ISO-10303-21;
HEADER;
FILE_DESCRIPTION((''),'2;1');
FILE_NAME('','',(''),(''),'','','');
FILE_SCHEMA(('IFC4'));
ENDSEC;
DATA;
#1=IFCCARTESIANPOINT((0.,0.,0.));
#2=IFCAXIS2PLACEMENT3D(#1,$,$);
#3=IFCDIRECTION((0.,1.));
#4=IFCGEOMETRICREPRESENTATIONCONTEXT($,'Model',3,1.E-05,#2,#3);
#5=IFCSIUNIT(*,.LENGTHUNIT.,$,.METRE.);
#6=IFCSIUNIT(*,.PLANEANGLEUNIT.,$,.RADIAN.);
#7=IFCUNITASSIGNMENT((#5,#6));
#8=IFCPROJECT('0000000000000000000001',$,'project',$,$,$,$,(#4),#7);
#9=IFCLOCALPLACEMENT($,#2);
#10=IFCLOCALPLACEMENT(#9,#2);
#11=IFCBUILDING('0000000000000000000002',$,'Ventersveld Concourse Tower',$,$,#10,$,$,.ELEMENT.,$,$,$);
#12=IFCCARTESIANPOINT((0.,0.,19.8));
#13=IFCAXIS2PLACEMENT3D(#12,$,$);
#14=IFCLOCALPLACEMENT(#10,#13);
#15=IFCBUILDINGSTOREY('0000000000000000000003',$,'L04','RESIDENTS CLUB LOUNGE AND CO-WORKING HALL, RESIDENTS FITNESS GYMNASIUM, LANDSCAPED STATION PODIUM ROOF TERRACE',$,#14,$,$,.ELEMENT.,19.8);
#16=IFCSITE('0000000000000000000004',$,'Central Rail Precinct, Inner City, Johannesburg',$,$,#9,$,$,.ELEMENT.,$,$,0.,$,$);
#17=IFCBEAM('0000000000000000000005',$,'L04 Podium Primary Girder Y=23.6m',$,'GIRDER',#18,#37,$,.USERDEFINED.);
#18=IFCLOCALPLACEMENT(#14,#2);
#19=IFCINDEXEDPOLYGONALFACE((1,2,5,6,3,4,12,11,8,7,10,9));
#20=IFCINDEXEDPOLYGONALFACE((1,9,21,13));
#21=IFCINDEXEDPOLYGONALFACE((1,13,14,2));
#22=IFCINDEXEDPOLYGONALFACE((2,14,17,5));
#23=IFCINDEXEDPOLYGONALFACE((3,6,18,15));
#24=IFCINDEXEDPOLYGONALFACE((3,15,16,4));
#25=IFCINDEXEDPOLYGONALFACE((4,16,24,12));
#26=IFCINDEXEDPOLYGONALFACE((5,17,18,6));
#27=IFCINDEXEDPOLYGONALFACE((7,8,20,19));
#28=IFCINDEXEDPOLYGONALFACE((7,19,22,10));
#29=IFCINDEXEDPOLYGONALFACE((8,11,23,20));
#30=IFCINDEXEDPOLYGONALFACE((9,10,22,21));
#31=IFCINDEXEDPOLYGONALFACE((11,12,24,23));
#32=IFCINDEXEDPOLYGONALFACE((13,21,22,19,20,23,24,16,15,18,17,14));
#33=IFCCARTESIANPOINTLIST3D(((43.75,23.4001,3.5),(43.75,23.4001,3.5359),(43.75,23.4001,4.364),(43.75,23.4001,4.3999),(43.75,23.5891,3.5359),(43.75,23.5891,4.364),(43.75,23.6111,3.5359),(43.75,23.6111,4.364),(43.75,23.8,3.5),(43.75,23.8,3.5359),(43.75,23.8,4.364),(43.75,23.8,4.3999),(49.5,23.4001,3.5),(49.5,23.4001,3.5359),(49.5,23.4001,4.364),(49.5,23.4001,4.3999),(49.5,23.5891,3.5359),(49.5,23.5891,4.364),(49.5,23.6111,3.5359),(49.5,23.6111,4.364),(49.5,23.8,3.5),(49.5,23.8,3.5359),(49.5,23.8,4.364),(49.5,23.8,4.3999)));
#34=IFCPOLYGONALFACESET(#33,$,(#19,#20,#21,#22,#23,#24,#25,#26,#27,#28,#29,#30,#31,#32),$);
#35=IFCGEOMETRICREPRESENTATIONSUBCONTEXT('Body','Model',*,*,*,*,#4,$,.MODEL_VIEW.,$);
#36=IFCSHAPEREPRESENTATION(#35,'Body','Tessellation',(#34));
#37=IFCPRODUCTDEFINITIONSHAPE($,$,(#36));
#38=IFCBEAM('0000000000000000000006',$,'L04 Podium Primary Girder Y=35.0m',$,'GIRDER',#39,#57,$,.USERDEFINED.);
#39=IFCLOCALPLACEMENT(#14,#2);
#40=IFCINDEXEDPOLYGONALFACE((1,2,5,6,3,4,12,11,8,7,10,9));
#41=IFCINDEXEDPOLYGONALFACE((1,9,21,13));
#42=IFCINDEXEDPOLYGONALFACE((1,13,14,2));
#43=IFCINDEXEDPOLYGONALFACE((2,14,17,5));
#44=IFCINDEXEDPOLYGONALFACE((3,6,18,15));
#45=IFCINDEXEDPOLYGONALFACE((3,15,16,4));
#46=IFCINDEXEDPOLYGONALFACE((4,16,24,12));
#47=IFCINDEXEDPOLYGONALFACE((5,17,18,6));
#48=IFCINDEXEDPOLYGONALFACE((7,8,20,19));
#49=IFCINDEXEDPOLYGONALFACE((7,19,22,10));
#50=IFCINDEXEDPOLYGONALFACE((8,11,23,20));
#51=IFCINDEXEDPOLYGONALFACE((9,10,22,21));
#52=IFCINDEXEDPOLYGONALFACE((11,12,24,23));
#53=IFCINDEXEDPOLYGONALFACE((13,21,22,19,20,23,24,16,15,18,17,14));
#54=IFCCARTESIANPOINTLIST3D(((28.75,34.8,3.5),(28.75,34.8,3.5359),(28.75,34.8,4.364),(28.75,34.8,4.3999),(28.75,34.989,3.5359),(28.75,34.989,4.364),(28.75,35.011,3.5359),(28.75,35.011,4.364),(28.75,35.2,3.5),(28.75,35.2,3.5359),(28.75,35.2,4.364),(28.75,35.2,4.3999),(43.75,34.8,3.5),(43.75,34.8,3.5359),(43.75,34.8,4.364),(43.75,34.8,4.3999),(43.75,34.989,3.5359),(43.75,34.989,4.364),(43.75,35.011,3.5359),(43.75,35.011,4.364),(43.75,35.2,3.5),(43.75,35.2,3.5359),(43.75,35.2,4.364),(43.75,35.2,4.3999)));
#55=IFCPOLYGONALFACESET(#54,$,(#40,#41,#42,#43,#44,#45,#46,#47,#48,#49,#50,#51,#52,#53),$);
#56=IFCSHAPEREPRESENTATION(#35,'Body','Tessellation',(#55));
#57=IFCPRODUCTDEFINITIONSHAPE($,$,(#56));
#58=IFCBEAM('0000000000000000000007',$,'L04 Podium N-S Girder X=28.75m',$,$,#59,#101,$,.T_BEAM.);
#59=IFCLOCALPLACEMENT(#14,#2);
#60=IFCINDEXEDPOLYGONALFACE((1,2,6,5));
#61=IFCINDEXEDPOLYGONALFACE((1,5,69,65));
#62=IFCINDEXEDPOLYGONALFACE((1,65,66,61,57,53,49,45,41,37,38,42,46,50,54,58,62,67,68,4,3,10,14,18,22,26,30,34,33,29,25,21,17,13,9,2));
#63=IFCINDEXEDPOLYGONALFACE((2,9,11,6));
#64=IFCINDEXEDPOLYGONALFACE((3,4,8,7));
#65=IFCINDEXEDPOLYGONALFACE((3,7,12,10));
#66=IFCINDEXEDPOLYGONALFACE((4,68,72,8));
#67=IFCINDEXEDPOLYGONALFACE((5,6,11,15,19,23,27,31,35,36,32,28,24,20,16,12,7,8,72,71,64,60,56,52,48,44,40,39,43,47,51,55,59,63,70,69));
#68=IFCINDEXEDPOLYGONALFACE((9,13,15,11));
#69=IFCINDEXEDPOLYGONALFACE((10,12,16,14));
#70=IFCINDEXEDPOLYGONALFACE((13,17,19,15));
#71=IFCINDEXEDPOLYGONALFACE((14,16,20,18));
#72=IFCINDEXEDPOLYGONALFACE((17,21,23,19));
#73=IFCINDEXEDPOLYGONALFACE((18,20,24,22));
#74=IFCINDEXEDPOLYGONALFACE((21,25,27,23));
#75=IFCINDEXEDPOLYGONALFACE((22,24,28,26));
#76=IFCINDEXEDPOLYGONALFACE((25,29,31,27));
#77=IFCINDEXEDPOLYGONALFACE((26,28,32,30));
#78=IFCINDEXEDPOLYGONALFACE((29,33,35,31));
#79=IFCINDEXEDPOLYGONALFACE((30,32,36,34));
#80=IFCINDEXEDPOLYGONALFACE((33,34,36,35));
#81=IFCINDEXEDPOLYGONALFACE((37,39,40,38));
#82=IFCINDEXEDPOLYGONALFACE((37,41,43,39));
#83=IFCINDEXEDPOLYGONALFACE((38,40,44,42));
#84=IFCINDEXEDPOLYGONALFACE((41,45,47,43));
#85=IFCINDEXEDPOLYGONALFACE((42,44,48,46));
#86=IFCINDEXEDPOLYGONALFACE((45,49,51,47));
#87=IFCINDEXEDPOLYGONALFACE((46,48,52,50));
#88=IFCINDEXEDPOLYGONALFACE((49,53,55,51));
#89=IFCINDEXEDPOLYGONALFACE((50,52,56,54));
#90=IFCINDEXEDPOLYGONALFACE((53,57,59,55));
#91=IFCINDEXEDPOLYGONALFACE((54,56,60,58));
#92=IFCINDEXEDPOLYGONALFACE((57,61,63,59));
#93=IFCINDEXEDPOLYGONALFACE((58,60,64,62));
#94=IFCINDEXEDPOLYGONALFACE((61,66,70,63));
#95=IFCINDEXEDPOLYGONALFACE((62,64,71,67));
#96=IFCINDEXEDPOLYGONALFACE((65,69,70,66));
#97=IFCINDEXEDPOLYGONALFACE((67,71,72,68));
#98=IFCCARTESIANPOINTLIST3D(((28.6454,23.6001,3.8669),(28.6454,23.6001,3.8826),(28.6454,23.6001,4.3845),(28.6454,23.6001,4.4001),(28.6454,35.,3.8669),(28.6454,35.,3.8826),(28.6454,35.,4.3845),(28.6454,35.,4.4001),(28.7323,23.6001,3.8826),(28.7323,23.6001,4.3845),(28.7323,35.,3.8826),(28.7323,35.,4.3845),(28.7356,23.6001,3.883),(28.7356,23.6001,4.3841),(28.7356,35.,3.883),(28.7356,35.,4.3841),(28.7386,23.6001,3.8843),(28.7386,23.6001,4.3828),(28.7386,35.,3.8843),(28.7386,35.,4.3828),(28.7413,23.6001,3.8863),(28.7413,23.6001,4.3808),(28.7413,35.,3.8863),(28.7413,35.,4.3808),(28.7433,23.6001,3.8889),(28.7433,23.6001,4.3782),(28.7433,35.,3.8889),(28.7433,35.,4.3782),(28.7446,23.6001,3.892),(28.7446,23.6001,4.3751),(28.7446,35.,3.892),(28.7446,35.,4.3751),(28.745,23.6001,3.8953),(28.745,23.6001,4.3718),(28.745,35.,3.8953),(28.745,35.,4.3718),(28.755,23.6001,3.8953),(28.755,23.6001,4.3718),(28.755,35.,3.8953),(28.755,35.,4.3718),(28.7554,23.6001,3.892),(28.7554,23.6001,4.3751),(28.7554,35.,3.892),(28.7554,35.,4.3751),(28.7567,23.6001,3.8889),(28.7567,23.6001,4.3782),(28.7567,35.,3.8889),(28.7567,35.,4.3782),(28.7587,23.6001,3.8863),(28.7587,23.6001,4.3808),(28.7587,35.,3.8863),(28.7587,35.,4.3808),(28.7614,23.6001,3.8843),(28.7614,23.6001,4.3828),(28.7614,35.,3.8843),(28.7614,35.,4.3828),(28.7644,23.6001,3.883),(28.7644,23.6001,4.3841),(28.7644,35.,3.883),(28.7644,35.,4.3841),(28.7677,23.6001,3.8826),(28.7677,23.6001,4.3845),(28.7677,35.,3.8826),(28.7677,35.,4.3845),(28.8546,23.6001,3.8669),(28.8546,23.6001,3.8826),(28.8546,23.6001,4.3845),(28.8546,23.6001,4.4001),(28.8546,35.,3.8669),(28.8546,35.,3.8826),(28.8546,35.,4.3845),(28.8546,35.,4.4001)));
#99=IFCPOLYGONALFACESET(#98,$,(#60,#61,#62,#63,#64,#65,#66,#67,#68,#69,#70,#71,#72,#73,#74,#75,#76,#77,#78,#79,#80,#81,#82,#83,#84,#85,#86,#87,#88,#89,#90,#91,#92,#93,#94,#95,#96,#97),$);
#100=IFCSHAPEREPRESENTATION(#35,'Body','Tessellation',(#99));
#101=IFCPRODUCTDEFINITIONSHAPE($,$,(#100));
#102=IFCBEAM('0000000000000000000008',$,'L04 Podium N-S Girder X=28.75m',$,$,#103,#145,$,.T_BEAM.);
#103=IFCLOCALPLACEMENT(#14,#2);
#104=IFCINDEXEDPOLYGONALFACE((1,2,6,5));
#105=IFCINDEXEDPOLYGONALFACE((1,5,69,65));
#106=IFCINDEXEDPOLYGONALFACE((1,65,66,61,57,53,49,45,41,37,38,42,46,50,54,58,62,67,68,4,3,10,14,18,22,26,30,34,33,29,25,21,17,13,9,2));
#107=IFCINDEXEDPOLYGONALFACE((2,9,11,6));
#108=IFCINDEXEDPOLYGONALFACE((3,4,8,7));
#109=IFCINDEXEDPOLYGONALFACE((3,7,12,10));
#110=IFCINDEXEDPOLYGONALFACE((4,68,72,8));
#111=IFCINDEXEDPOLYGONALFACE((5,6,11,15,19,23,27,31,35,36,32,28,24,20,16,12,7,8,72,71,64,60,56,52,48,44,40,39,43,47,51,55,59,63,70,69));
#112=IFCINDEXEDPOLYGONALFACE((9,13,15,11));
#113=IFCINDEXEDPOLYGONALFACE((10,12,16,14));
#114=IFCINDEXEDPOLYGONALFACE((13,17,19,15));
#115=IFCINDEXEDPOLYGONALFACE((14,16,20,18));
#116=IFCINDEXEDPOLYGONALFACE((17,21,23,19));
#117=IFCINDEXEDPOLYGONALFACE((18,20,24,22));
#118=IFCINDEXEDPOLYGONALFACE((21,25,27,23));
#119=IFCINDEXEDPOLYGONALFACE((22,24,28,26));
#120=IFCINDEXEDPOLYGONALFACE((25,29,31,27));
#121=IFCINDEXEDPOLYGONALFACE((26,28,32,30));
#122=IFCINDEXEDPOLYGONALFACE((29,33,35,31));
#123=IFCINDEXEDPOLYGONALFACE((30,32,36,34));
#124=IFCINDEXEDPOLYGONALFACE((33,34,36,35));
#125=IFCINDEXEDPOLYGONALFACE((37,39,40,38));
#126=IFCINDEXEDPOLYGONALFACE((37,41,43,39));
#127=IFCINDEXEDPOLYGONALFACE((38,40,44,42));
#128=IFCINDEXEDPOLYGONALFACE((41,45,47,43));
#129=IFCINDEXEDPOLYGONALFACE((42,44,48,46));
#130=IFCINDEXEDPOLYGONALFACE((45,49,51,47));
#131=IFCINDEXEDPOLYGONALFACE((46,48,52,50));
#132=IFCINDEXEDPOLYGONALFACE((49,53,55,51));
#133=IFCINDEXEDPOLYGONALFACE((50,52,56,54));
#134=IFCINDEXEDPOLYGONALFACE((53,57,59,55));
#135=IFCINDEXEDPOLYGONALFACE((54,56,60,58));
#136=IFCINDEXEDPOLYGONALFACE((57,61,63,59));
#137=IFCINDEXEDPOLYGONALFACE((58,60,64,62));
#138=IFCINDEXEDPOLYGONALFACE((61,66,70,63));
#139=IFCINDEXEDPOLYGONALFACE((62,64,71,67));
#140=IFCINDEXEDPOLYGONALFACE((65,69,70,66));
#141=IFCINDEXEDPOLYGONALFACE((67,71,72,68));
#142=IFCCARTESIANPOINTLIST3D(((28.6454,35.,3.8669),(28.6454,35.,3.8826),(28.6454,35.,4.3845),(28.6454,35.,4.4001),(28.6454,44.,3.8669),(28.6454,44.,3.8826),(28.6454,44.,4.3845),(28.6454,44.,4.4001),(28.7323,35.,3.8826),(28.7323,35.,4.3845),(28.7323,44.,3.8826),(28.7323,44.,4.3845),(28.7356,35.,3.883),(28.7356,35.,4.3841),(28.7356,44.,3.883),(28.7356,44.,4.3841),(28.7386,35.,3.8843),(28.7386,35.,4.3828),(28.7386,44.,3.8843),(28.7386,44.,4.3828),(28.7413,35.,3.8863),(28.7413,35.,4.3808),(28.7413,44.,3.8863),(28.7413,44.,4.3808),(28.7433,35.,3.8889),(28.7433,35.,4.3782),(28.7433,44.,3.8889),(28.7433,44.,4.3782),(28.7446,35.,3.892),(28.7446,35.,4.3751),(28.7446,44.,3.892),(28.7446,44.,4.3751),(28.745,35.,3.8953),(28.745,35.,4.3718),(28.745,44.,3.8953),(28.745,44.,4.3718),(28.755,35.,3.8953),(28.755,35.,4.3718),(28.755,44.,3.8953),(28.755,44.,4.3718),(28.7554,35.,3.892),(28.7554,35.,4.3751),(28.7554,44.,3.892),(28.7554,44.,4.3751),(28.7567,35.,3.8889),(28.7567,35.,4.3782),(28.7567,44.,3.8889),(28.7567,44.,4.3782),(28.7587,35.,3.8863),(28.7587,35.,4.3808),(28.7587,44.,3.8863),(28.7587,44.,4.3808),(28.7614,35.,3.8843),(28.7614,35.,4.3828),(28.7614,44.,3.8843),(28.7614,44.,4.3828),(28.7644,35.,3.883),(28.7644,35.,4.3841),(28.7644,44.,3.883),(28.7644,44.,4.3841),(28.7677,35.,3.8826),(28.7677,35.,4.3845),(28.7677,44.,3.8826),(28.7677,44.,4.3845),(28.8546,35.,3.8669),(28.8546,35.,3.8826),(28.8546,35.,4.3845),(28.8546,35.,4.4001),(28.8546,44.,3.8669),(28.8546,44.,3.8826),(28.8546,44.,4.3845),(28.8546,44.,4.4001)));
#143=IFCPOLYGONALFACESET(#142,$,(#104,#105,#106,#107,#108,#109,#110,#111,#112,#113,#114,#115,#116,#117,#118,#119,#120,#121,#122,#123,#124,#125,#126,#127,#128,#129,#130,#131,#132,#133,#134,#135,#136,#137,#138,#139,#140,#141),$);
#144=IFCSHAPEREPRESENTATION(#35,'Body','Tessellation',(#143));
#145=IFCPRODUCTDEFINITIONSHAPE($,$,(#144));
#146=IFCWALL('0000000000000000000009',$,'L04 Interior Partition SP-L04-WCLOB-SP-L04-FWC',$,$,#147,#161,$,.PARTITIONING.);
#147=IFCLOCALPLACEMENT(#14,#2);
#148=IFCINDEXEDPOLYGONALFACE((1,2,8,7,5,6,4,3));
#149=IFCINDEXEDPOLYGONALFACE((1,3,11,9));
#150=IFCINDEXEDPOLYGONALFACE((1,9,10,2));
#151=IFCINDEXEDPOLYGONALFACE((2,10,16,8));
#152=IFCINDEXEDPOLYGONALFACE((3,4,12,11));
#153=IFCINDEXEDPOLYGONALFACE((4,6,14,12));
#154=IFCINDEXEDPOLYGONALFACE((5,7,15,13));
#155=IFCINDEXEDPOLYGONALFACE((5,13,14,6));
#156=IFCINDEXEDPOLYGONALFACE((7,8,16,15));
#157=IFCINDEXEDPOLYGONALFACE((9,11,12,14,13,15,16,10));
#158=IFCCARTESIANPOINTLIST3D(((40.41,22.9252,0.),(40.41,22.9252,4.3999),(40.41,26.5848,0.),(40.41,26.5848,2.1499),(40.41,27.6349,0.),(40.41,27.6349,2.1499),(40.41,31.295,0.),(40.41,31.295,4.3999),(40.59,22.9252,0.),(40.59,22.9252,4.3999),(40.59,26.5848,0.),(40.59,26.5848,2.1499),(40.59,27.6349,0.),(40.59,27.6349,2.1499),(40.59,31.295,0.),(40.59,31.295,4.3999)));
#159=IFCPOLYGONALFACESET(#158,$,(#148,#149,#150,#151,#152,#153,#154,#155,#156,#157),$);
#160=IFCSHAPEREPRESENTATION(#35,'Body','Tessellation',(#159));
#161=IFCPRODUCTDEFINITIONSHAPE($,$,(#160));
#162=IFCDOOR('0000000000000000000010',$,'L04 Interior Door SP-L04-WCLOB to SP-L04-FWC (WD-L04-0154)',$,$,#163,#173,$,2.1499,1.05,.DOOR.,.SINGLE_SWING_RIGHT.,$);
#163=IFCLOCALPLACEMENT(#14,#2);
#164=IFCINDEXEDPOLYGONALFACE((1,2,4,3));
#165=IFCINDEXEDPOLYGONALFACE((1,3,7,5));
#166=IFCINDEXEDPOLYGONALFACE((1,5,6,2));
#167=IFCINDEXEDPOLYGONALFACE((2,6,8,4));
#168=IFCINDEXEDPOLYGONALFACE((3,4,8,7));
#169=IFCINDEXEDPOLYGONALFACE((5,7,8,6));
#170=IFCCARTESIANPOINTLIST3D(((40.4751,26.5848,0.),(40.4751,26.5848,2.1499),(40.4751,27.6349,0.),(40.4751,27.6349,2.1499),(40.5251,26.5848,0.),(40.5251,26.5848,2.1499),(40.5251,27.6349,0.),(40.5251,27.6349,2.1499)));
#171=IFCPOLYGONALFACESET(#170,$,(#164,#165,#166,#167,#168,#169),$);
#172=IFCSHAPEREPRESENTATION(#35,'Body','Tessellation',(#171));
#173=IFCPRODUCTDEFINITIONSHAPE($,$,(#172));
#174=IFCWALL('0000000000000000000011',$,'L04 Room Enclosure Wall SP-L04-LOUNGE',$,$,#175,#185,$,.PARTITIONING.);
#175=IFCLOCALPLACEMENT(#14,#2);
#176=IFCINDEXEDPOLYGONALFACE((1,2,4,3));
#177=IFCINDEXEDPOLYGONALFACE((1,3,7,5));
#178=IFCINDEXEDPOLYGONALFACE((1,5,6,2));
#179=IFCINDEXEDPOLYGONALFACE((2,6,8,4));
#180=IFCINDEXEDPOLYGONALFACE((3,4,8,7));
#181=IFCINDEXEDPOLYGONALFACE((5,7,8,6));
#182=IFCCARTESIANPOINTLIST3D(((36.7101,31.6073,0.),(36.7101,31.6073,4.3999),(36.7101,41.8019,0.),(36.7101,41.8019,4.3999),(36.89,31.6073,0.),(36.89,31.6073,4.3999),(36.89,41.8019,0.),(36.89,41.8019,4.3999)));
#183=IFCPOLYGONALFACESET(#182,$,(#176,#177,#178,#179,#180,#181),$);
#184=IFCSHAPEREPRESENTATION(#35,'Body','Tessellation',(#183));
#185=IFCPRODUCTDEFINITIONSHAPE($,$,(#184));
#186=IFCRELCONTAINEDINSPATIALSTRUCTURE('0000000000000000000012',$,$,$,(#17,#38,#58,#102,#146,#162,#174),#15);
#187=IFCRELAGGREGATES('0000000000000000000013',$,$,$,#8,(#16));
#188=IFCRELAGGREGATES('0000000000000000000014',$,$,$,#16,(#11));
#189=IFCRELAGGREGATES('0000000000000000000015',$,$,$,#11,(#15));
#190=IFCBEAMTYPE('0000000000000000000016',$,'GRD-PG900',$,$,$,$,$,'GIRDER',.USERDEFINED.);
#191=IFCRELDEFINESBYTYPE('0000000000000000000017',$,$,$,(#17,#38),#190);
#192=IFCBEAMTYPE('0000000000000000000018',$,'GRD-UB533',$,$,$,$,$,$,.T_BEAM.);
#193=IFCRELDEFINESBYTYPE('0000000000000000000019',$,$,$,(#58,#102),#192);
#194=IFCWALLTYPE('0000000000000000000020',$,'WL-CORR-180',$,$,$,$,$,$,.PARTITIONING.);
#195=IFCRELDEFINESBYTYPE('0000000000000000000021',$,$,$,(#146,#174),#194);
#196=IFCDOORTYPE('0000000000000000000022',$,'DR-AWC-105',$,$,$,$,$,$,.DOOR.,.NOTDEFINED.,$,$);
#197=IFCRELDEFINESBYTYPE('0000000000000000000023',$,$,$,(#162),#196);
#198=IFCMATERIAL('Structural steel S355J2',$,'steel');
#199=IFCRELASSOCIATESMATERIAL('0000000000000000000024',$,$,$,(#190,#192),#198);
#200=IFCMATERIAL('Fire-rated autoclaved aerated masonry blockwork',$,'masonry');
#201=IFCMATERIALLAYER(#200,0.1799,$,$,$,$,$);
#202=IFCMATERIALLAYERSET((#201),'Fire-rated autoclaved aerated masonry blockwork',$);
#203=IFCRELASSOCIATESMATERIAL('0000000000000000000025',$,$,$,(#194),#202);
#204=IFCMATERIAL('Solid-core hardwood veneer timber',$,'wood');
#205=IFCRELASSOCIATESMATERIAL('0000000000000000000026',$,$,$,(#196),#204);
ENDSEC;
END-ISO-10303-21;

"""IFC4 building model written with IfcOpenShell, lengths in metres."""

from ifc_helpers import new_model, si_unit, direction, frame, frame_2d, origin, origin_2d, place, context, subcontext, project, spatial, rectangle, i_section, extrude, material, layer, layer_set, material_profile, profile_set, type_object, element, fill, save


model = new_model("IFC4")

# Units and contexts
model_context = context("Model", 3, precision=1e-05, world=origin(), true_north=direction((0.0, 1.0)))
body_context = subcontext(model_context, "Body", "Model", "MODEL_VIEW")
ifc_project = project(units=[si_unit("LENGTHUNIT", "METRE"), si_unit("PLANEANGLEUNIT", "RADIAN")], contexts=[model_context])

# Site, building, storey
site_placement = place(None, origin())
site = spatial("IfcSite", under=ifc_project, at=site_placement, Name="Central Rail Precinct, Inner City, Johannesburg", CompositionType="ELEMENT", RefElevation=0.0)
building_placement = place(site_placement, origin())
building = spatial("IfcBuilding", under=site, at=building_placement, Name="Ventersveld Concourse Tower", CompositionType="ELEMENT")
storey_placement = place(building_placement, frame((0.0, 0.0, 19.8)))
storey = spatial("IfcBuildingStorey", under=building, at=storey_placement, Name="L04", Description="RESIDENTS CLUB LOUNGE AND CO-WORKING HALL, RESIDENTS FITNESS GYMNASIUM, LANDSCAPED STATION PODIUM ROOF TERRACE", CompositionType="ELEMENT", Elevation=19.8)

# Beams
ifc_material_1 = material(Name="Structural steel S355J2", Category="steel")
ifc_material_profile_1 = material_profile(ifc_material_1, i_section(OverallWidth=0.3999, OverallDepth=0.8999, WebThickness=0.022, FlangeThickness=0.0359, at=origin_2d()), Name="PG 900x400x36")
ifc_profile_set_1 = profile_set([ifc_material_profile_1], Name="Structural steel S355J2")
beam_type_1 = type_object("IfcBeamType", Name="GRD-PG900", ElementType="GIRDER", PredefinedType="USERDEFINED", material=ifc_profile_set_1)
beam_1_placement = place(storey_placement, frame((43.75, 23.6001, 3.95), z_axis=(1.0, 0.0, 0.0), x_axis=(0.0, 1.0, 0.0)))
element("IfcBeam", 1, at=beam_1_placement, inside=storey, type_object=beam_type_1, Name="L04 Podium Primary Girder Y=23.6m", ObjectType="GIRDER", PredefinedType="USERDEFINED", context=body_context, shape_type="SweptSolid", body=[
    extrude(i_section(OverallWidth=0.3999, OverallDepth=0.8999, WebThickness=0.022, FlangeThickness=0.0359, at=origin_2d()), origin(), (0.0, 0.0, 1.0), 5.75),
])
beam_2_placement = place(storey_placement, frame((28.75, 35.0, 3.95), z_axis=(1.0, 0.0, 0.0), x_axis=(0.0, 1.0, 0.0)))
element("IfcBeam", 2, at=beam_2_placement, inside=storey, type_object=beam_type_1, Name="L04 Podium Primary Girder Y=35.0m", ObjectType="GIRDER", PredefinedType="USERDEFINED", context=body_context, shape_type="SweptSolid", body=[
    extrude(i_section(OverallWidth=0.3999, OverallDepth=0.8999, WebThickness=0.022, FlangeThickness=0.0359, at=origin_2d()), origin(), (0.0, 0.0, 1.0), 15.0),
])
ifc_material_profile_2 = material_profile(ifc_material_1, i_section(OverallWidth=0.2092, OverallDepth=0.5332, WebThickness=0.01, FlangeThickness=0.0156, FilletRadius=0.0127, at=origin_2d()), Name="UB 533x210x92")
ifc_profile_set_2 = profile_set([ifc_material_profile_2], Name="Structural steel S355J2")
beam_type_2 = type_object("IfcBeamType", Name="GRD-UB533", PredefinedType="T_BEAM", material=ifc_profile_set_2)
beam_3_placement = place(storey_placement, frame((28.75, 23.6001, 4.1335), z_axis=(0.0, 1.0, 0.0), x_axis=(-1.0, 0.0, 0.0)))
element("IfcBeam", 3, at=beam_3_placement, inside=storey, type_object=beam_type_2, Name="L04 Podium N-S Girder X=28.75m", PredefinedType="T_BEAM", context=body_context, shape_type="SweptSolid", body=[
    extrude(i_section(OverallWidth=0.2092, OverallDepth=0.5332, WebThickness=0.01, FlangeThickness=0.0156, FilletRadius=0.0127, at=origin_2d()), origin(), (0.0, 0.0, 1.0), 11.3999),
])
beam_4_placement = place(storey_placement, frame((28.75, 35.0, 4.1335), z_axis=(0.0, 1.0, 0.0), x_axis=(-1.0, 0.0, 0.0)))
element("IfcBeam", 4, at=beam_4_placement, inside=storey, type_object=beam_type_2, Name="L04 Podium N-S Girder X=28.75m", PredefinedType="T_BEAM", context=body_context, shape_type="SweptSolid", body=[
    extrude(i_section(OverallWidth=0.2092, OverallDepth=0.5332, WebThickness=0.01, FlangeThickness=0.0156, FilletRadius=0.0127, at=origin_2d()), origin(), (0.0, 0.0, 1.0), 9.0),
])

# Wall, opening, door
ifc_material_2 = material(Name="Fire-rated autoclaved aerated masonry blockwork", Category="masonry")
ifc_layer_1 = layer(ifc_material_2, 0.1799)
ifc_layer_set_1 = layer_set([ifc_layer_1], Name="Fire-rated autoclaved aerated masonry blockwork")
wall_type_1 = type_object("IfcWallType", Name="WL-CORR-180", PredefinedType="PARTITIONING", material=ifc_layer_set_1)
wall_1_placement = place(storey_placement, frame((40.5, 22.925, 0.0), z_axis=(0.0, 0.0, 1.0), x_axis=(0.0, 1.0, 0.0)))
wall_1 = element("IfcWall", 5, at=wall_1_placement, inside=storey, type_object=wall_type_1, Name="L04 Interior Partition SP-L04-WCLOB-SP-L04-FWC", PredefinedType="PARTITIONING", context=body_context, shape_type="SweptSolid", body=[
    extrude(rectangle(XDim=8.3699, YDim=0.1799, at=frame_2d((4.1851, 0.0))), origin(), (0.0, 0.0, 1.0), 4.3999),
])
opening_placement = place(wall_1_placement, frame((3.6599, 0.0, 0.0)))
opening = element("IfcOpeningElement", 6, at=opening_placement, cuts=wall_1, PredefinedType="OPENING", context=body_context, shape_type="SweptSolid", body=[
    extrude(rectangle(XDim=1.05, YDim=2.1499, at=frame_2d((0.5249, 1.075))), frame((0.0, 0.1001, 0.0), z_axis=(0.0, -1.0, 0.0), x_axis=(1.0, 0.0, 0.0)), (0.0, 0.0, 1.0), 0.2),
])
ifc_material_3 = material(Name="Solid-core hardwood veneer timber", Category="wood")
door_type = type_object("IfcDoorType", Name="DR-AWC-105", OperationType="NOTDEFINED", PredefinedType="DOOR", material=ifc_material_3)
door_placement = place(opening_placement, origin())
door = element("IfcDoor", 7, at=door_placement, inside=storey, type_object=door_type, Name="L04 Interior Door SP-L04-WCLOB to SP-L04-FWC (WD-L04-0154)", OperationType="SINGLE_SWING_RIGHT", OverallHeight=2.1499, OverallWidth=1.05, PredefinedType="DOOR", context=body_context, shape_type="SweptSolid", body=[
    extrude(rectangle(XDim=1.05, YDim=2.1499, at=frame_2d((0.5249, 1.075))), frame((0.0, 0.0249, 0.0), z_axis=(0.0, -1.0, 0.0), x_axis=(1.0, 0.0, 0.0)), (0.0, 0.0, 1.0), 0.05),
])
fill(opening, door)

# Wall
wall_2_placement = place(storey_placement, frame((36.8, 31.6074, 0.0), z_axis=(0.0, 0.0, 1.0), x_axis=(0.0, 1.0, 0.0)))
element("IfcWall", 8, at=wall_2_placement, inside=storey, type_object=wall_type_1, Name="L04 Room Enclosure Wall SP-L04-LOUNGE", PredefinedType="PARTITIONING", context=body_context, shape_type="SweptSolid", body=[
    extrude(rectangle(XDim=10.1946, YDim=0.1799, at=frame_2d((5.0972, 0.0))), origin(), (0.0, 0.0, 1.0), 4.3999),
])

save(model, "model.ifc")
